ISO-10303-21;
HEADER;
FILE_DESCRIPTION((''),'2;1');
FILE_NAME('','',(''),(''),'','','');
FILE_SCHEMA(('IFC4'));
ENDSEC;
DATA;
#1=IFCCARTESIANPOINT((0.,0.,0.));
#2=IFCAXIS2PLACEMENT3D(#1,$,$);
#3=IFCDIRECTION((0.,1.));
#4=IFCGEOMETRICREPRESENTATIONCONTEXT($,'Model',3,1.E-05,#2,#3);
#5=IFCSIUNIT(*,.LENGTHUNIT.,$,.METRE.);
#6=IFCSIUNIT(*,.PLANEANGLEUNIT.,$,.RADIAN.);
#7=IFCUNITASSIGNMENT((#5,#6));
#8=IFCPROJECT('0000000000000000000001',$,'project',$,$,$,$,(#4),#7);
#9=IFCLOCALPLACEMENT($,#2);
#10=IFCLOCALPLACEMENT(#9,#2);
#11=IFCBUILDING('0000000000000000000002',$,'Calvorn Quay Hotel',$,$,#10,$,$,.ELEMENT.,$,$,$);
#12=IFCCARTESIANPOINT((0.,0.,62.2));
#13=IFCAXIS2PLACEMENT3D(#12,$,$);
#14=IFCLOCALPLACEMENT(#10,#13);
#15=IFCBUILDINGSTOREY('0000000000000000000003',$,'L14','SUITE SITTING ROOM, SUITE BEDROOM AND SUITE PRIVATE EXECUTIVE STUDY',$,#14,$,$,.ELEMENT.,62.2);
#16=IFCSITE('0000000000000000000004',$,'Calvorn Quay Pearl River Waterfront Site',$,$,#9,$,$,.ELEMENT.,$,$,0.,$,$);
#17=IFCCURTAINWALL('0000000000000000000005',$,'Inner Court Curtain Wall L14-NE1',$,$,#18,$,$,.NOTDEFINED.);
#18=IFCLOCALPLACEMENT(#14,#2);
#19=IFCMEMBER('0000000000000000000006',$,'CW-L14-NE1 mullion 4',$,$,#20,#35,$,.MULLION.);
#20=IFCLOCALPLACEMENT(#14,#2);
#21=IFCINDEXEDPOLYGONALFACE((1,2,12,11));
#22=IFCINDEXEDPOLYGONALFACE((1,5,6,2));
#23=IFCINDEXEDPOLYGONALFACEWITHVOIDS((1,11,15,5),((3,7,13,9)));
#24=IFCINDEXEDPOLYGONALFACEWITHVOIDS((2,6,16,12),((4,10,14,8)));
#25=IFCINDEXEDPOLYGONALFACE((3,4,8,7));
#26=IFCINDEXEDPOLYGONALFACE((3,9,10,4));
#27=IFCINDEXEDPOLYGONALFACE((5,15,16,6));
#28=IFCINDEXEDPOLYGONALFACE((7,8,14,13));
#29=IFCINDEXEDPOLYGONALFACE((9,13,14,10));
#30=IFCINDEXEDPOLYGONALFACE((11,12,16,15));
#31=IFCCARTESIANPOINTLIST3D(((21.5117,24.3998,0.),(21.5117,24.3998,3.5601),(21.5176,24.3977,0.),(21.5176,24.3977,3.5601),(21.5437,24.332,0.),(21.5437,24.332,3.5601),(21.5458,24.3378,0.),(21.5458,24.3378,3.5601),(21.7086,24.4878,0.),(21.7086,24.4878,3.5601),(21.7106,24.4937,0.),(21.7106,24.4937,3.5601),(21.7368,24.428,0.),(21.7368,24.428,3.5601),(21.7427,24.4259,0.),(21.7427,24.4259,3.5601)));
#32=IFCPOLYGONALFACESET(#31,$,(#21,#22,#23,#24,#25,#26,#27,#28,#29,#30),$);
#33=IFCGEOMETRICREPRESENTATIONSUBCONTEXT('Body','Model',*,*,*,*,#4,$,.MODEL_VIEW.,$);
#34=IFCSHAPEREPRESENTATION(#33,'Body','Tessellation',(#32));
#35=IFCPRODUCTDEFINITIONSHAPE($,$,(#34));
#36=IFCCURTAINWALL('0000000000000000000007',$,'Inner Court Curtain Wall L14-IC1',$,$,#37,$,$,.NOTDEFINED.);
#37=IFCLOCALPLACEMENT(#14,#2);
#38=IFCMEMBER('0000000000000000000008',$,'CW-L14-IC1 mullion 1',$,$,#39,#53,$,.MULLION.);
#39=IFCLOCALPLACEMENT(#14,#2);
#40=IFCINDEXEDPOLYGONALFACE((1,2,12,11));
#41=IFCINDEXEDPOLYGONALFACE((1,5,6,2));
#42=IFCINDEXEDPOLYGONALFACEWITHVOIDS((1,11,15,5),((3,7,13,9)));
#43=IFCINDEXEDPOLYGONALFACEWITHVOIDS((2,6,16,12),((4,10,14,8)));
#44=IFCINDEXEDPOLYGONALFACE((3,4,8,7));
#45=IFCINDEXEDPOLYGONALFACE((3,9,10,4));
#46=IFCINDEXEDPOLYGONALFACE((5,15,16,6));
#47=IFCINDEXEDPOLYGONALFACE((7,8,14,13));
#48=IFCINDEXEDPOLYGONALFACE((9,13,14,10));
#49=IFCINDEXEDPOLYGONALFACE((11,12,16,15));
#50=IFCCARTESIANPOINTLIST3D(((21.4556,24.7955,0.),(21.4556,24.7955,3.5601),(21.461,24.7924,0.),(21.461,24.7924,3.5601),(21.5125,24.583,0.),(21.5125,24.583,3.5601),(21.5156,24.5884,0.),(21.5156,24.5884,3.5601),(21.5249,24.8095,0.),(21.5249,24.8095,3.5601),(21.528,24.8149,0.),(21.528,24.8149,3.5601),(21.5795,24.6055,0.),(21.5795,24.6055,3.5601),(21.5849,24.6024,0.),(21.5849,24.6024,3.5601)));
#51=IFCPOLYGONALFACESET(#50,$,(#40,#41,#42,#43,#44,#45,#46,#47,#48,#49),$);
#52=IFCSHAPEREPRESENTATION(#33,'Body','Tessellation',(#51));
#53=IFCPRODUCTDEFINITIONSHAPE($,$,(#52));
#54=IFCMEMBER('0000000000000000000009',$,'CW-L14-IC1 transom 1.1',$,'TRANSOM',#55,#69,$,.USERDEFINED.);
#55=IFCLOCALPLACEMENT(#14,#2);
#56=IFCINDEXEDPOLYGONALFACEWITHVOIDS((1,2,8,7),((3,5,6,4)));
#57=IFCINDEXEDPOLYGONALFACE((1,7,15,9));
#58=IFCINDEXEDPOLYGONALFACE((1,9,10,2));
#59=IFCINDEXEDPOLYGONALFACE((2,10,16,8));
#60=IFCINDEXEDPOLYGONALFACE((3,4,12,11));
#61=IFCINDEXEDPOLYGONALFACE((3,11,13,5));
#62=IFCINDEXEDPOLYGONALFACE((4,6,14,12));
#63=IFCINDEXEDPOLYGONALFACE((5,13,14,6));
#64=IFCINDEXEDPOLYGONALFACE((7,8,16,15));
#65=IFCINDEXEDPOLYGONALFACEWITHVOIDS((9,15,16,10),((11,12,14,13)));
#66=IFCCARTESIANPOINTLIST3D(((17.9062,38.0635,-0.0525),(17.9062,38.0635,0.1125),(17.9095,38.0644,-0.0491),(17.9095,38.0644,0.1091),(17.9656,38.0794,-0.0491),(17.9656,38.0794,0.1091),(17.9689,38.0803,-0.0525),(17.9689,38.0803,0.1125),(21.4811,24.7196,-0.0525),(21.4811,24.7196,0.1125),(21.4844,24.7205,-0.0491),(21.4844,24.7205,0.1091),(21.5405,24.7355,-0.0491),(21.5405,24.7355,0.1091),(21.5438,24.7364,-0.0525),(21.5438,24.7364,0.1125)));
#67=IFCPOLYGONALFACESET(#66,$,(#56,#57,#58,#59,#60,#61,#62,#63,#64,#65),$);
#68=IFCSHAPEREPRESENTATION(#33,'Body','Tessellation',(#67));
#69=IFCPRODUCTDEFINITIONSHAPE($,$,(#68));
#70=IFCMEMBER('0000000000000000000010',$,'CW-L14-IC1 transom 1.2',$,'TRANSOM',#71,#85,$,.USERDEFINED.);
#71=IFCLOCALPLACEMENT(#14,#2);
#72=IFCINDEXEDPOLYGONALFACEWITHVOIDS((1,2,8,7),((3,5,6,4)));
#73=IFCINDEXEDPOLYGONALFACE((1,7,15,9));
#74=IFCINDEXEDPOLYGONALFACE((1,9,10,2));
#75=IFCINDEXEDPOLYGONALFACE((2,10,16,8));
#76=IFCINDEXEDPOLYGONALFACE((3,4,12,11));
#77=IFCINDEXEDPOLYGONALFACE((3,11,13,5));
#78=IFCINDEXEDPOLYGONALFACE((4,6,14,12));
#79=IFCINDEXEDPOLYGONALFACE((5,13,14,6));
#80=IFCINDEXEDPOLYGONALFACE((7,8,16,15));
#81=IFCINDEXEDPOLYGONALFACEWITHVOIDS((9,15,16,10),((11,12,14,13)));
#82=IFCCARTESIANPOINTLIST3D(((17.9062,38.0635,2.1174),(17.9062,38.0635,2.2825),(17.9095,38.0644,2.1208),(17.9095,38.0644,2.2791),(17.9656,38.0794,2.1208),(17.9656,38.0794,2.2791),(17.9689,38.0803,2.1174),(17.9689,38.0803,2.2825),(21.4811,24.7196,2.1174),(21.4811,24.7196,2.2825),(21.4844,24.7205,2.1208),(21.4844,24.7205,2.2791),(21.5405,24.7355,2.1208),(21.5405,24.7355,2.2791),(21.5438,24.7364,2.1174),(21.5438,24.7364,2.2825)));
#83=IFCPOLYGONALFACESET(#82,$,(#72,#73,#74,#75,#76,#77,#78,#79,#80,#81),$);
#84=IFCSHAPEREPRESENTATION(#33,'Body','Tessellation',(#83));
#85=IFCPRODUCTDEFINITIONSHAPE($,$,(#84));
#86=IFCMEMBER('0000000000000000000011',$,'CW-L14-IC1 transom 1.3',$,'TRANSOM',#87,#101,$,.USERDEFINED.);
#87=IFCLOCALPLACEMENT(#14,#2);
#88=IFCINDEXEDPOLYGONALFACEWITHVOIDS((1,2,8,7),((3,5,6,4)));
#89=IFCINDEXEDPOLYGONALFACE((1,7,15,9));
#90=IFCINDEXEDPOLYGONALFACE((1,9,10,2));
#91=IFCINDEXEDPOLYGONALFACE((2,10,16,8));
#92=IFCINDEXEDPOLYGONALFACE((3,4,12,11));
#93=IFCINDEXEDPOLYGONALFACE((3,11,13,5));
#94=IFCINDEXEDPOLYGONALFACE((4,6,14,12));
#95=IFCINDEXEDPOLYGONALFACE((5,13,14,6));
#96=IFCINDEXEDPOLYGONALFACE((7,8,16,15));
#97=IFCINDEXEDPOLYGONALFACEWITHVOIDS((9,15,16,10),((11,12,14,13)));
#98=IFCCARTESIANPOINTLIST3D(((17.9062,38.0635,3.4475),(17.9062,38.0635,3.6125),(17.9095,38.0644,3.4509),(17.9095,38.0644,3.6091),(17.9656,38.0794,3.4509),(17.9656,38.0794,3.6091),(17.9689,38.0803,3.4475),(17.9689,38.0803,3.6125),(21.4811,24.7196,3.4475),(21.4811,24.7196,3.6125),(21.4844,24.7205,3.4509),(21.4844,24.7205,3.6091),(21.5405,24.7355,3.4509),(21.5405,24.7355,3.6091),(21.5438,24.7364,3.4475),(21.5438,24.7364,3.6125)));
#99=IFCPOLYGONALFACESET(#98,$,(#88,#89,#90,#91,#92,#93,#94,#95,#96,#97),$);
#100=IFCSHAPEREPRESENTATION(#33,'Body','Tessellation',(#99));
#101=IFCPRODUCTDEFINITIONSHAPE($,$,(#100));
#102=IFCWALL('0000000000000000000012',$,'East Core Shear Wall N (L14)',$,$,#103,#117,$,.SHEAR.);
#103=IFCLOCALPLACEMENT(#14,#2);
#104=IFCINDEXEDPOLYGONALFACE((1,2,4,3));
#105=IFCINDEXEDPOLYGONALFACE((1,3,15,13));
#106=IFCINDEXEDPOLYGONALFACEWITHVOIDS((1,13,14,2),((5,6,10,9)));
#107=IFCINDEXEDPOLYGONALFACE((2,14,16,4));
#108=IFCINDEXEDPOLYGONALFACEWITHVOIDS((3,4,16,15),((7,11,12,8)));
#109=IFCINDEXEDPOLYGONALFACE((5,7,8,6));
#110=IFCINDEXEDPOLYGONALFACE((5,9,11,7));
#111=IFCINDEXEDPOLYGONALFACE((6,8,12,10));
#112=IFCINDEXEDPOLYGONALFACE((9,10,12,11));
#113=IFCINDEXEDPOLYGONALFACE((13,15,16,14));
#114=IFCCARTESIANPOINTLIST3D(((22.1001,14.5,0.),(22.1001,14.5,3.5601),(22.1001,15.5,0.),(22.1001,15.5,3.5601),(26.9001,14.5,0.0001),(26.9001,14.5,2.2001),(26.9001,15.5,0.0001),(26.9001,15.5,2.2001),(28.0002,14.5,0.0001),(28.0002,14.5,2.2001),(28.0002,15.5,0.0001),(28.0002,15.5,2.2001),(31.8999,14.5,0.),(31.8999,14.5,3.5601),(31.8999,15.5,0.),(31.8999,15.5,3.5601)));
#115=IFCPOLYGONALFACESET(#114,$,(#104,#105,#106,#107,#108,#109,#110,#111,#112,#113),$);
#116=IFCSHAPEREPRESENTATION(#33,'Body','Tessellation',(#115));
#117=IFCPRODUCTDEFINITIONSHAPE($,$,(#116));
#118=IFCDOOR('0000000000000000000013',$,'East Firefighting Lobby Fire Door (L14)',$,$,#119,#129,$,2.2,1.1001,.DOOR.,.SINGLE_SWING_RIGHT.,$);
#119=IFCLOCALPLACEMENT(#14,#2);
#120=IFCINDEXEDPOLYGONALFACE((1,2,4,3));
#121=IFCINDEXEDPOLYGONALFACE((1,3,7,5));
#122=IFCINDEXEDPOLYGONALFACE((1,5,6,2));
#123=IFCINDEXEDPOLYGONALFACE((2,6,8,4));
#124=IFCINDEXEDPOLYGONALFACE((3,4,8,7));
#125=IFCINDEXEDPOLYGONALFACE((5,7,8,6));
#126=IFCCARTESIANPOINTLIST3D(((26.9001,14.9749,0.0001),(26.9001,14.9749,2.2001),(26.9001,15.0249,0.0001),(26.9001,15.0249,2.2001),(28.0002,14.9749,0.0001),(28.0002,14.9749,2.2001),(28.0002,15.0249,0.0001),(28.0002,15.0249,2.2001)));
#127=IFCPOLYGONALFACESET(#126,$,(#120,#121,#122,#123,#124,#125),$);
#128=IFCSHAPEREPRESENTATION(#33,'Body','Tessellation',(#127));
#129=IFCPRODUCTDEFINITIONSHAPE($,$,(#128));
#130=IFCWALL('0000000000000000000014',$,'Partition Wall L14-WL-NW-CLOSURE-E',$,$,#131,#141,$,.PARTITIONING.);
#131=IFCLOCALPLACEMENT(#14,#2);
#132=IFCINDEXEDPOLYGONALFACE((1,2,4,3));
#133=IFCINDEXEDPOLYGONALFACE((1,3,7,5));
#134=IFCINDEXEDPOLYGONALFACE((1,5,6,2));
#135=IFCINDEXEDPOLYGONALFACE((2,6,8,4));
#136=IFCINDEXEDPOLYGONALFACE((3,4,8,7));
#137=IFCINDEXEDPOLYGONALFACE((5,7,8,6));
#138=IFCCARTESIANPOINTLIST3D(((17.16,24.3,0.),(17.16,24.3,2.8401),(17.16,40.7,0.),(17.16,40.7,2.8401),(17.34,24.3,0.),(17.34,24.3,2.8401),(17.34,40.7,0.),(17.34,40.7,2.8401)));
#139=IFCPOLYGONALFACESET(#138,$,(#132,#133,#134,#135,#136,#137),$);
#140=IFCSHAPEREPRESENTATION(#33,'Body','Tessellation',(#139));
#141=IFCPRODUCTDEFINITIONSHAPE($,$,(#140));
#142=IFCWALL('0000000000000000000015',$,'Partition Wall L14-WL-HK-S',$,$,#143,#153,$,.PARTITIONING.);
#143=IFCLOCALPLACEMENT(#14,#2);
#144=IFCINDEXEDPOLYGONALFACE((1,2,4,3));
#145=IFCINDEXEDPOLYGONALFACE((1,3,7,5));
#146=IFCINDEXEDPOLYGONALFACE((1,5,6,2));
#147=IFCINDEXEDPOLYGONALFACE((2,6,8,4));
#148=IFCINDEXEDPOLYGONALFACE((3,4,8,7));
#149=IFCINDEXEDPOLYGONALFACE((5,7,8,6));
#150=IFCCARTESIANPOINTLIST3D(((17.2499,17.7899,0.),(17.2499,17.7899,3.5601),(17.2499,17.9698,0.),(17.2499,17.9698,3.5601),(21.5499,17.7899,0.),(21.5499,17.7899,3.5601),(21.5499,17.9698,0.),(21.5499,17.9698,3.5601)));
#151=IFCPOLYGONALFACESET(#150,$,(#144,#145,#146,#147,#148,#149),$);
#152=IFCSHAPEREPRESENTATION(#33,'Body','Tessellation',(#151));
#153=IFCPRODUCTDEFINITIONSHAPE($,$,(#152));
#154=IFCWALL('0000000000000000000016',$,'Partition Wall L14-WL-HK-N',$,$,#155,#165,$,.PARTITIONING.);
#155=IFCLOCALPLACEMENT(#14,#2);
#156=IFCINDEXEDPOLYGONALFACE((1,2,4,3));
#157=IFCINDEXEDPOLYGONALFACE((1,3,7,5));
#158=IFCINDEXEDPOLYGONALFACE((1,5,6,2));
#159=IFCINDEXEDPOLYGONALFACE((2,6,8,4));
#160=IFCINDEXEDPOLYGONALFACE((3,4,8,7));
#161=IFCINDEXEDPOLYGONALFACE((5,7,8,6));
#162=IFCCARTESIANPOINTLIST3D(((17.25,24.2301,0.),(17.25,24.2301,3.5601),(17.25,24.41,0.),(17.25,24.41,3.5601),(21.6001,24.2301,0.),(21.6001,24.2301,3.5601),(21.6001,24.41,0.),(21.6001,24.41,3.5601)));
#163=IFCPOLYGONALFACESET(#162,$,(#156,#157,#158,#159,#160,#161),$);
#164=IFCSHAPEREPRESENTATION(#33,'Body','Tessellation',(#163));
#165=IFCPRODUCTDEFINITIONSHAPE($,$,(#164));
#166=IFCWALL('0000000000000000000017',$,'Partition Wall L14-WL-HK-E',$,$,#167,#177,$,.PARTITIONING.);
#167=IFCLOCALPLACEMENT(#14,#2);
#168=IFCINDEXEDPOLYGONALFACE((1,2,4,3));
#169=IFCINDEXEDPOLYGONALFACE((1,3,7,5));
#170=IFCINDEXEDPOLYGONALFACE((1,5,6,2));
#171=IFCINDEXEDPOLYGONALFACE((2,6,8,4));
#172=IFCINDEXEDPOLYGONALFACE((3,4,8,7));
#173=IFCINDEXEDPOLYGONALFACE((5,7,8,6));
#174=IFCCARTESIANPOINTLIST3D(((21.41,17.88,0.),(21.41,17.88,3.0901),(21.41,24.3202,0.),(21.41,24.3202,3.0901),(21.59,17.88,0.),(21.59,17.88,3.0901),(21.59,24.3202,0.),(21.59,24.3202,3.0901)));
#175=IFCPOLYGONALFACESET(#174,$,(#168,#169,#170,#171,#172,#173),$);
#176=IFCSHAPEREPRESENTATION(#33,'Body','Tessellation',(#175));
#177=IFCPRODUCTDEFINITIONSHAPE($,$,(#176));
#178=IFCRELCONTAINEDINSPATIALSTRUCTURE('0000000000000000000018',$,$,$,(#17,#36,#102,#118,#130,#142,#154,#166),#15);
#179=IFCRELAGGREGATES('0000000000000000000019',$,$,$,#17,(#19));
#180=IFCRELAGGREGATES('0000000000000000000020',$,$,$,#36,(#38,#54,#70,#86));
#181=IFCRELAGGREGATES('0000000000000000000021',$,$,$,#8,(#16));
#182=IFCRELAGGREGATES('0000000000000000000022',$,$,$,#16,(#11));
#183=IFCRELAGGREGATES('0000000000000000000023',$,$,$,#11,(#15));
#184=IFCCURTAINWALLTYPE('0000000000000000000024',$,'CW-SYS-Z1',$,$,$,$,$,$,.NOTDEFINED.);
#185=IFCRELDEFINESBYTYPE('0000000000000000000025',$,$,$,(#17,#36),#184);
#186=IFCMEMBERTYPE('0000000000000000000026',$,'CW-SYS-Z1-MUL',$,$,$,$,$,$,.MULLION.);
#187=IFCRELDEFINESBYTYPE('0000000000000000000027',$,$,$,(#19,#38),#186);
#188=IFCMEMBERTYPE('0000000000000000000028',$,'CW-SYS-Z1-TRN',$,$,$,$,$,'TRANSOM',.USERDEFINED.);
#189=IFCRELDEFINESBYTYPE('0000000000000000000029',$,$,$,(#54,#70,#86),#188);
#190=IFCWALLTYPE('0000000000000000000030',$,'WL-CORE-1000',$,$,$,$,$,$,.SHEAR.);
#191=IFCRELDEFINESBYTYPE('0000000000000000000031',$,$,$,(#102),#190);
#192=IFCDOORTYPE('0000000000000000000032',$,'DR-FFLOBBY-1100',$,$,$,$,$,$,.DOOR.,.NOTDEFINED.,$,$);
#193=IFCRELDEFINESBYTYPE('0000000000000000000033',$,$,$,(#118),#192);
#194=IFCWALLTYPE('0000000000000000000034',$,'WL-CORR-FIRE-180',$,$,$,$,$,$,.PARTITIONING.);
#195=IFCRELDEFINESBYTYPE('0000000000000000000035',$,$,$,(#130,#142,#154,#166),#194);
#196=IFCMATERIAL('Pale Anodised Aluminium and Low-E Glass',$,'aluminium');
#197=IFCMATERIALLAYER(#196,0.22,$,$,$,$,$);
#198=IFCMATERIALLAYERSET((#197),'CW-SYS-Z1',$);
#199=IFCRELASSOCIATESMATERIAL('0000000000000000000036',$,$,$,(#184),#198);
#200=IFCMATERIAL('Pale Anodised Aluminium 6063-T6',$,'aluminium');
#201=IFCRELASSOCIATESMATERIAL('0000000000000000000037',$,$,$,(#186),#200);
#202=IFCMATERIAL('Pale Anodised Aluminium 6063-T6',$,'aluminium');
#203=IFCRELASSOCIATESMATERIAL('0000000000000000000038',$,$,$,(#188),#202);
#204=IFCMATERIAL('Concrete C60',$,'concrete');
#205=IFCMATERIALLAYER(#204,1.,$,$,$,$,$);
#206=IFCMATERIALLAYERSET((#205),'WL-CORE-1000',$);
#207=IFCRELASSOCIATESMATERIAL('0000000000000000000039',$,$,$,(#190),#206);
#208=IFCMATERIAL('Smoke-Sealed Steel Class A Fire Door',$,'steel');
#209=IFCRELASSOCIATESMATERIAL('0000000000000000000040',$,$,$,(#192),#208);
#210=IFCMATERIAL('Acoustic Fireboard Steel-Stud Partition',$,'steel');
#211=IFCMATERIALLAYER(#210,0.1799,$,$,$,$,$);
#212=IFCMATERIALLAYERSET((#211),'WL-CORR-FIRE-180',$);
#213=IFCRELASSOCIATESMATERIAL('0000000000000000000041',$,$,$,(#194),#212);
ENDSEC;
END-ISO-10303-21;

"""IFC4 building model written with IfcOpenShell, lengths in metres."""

from ifc_helpers import new_model, si_unit, direction, frame, frame_2d, origin, origin_2d, place, context, subcontext, project, spatial, rectangle, hollow_rectangle, extrude, material, layer, layer_set, material_profile, profile_set, type_object, element, fill, aggregate, save


model = new_model("IFC4")

# Units and contexts
model_context = context("Model", 3, precision=1e-05, world=origin(), true_north=direction((0.0, 1.0)))
body_context = subcontext(model_context, "Body", "Model", "MODEL_VIEW")
ifc_project = project(units=[si_unit("LENGTHUNIT", "METRE"), si_unit("PLANEANGLEUNIT", "RADIAN")], contexts=[model_context])

# Site, building, storey
site_placement = place(None, origin())
site = spatial("IfcSite", under=ifc_project, at=site_placement, Name="Calvorn Quay Pearl River Waterfront Site", CompositionType="ELEMENT", RefElevation=0.0)
building_placement = place(site_placement, origin())
building = spatial("IfcBuilding", under=site, at=building_placement, Name="Calvorn Quay Hotel", CompositionType="ELEMENT")
storey_placement = place(building_placement, frame((0.0, 0.0, 62.2)))
storey = spatial("IfcBuildingStorey", under=building, at=storey_placement, Name="L14", Description="SUITE SITTING ROOM, SUITE BEDROOM AND SUITE PRIVATE EXECUTIVE STUDY", CompositionType="ELEMENT", Elevation=62.2)

# Curtain wall, member
ifc_material_1 = material(Name="Pale Anodised Aluminium and Low-E Glass", Category="aluminium")
ifc_layer_1 = layer(ifc_material_1, 0.22)
ifc_layer_set_1 = layer_set([ifc_layer_1], Name="CW-SYS-Z1")
curtain_wall_type = type_object("IfcCurtainWallType", Name="CW-SYS-Z1", PredefinedType="NOTDEFINED", material=ifc_layer_set_1)
curtain_wall_1_placement = place(storey_placement, origin())
curtain_wall_1 = element("IfcCurtainWall", 1, at=curtain_wall_1_placement, inside=storey, type_object=curtain_wall_type, Name="Inner Court Curtain Wall L14-NE1", PredefinedType="NOTDEFINED")
ifc_material_2 = material(Name="Pale Anodised Aluminium 6063-T6", Category="aluminium")
ifc_material_profile_1 = material_profile(ifc_material_2, hollow_rectangle(XDim=0.075, YDim=0.22, WallThickness=0.0044, at=origin_2d()), Name="ALU-M220x75x4.5")
ifc_profile_set_1 = profile_set([ifc_material_profile_1], Name="Pale Anodised Aluminium 6063-T6")
member_type_1 = type_object("IfcMemberType", Name="CW-SYS-Z1-MUL", PredefinedType="MULLION", material=ifc_profile_set_1)
member_1_placement = place(storey_placement, frame((21.6272, 24.4128, 0.0), z_axis=(0.0, 0.0, 1.0), x_axis=(0.427006, -0.904249, 0.0)))
member_1 = element("IfcMember", 2, at=member_1_placement, type_object=member_type_1, Name="CW-L14-NE1 mullion 4", PredefinedType="MULLION", context=body_context, shape_type="SweptSolid", body=[
    extrude(hollow_rectangle(XDim=0.075, YDim=0.22, WallThickness=0.0044, at=origin_2d()), origin(), (0.0, 0.0, 1.0), 3.5601),
])
aggregate(curtain_wall_1, [member_1])

# Curtain wall, members
curtain_wall_2_placement = place(storey_placement, origin())
curtain_wall_2 = element("IfcCurtainWall", 3, at=curtain_wall_2_placement, inside=storey, type_object=curtain_wall_type, Name="Inner Court Curtain Wall L14-IC1", PredefinedType="NOTDEFINED")
member_2_placement = place(storey_placement, frame((21.5203, 24.699, 0.0), z_axis=(0.0, 0.0, 1.0), x_axis=(-0.965937, -0.258779, 0.0)))
member_2 = element("IfcMember", 4, at=member_2_placement, type_object=member_type_1, Name="CW-L14-IC1 mullion 1", PredefinedType="MULLION", context=body_context, shape_type="SweptSolid", body=[
    extrude(hollow_rectangle(XDim=0.075, YDim=0.22, WallThickness=0.0044, at=origin_2d()), origin(), (0.0, 0.0, 1.0), 3.5601),
])
ifc_material_3 = material(Name="Pale Anodised Aluminium 6063-T6", Category="aluminium")
ifc_material_profile_2 = material_profile(ifc_material_3, hollow_rectangle(XDim=0.0649, YDim=0.165, WallThickness=0.0034, at=origin_2d()), Name="ALU-T165x65x3.5")
ifc_profile_set_2 = profile_set([ifc_material_profile_2], Name="Pale Anodised Aluminium 6063-T6")
member_type_2 = type_object("IfcMemberType", Name="CW-SYS-Z1-TRN", ElementType="TRANSOM", PredefinedType="USERDEFINED", material=ifc_profile_set_2)
member_3_placement = place(storey_placement, frame((21.5125, 24.728, 0.03), z_axis=(-0.258781, 0.965936, 0.0), x_axis=(-0.965936, -0.258781, 0.0)))
member_3 = element("IfcMember", 5, at=member_3_placement, type_object=member_type_2, Name="CW-L14-IC1 transom 1.1", ObjectType="TRANSOM", PredefinedType="USERDEFINED", context=body_context, shape_type="SweptSolid", body=[
    extrude(hollow_rectangle(XDim=0.0649, YDim=0.165, WallThickness=0.0034, at=origin_2d()), origin(), (0.0, 0.0, 1.0), 13.8145),
])
member_4_placement = place(storey_placement, frame((21.5125, 24.728, 2.2), z_axis=(-0.258781, 0.965936, 0.0), x_axis=(-0.965936, -0.258781, 0.0)))
member_4 = element("IfcMember", 6, at=member_4_placement, type_object=member_type_2, Name="CW-L14-IC1 transom 1.2", ObjectType="TRANSOM", PredefinedType="USERDEFINED", context=body_context, shape_type="SweptSolid", body=[
    extrude(hollow_rectangle(XDim=0.0649, YDim=0.165, WallThickness=0.0034, at=origin_2d()), origin(), (0.0, 0.0, 1.0), 13.8145),
])
member_5_placement = place(storey_placement, frame((21.5125, 24.728, 3.53), z_axis=(-0.258781, 0.965936, 0.0), x_axis=(-0.965936, -0.258781, 0.0)))
member_5 = element("IfcMember", 7, at=member_5_placement, type_object=member_type_2, Name="CW-L14-IC1 transom 1.3", ObjectType="TRANSOM", PredefinedType="USERDEFINED", context=body_context, shape_type="SweptSolid", body=[
    extrude(hollow_rectangle(XDim=0.0649, YDim=0.165, WallThickness=0.0034, at=origin_2d()), origin(), (0.0, 0.0, 1.0), 13.8145),
])
aggregate(curtain_wall_2, [member_2, member_3, member_4, member_5])

# Wall, opening, door
ifc_material_4 = material(Name="Concrete C60", Category="concrete")
ifc_layer_2 = layer(ifc_material_4, 1.0)
ifc_layer_set_2 = layer_set([ifc_layer_2], Name="WL-CORE-1000")
wall_type_1 = type_object("IfcWallType", Name="WL-CORE-1000", PredefinedType="SHEAR", material=ifc_layer_set_2)
wall_1_placement = place(storey_placement, frame((22.1001, 15.0, 0.0), z_axis=(0.0, 0.0, 1.0), x_axis=(1.0, 0.0, 0.0)))
wall_1 = element("IfcWall", 8, at=wall_1_placement, inside=storey, type_object=wall_type_1, Name="East Core Shear Wall N (L14)", PredefinedType="SHEAR", context=body_context, shape_type="SweptSolid", body=[
    extrude(rectangle(XDim=9.7998, YDim=1.0, at=frame_2d((4.8999, 0.0))), origin(), (0.0, 0.0, 1.0), 3.5601),
])
opening_1_placement = place(wall_1_placement, frame((4.8, 0.0, 0.0)))
opening_1 = element("IfcOpeningElement", 9, at=opening_1_placement, cuts=wall_1, PredefinedType="OPENING", context=body_context, shape_type="SweptSolid", body=[
    extrude(rectangle(XDim=1.1001, YDim=2.2, at=frame_2d((0.55, 1.1001))), frame((0.0, 0.51, 0.0), z_axis=(0.0, -1.0, 0.0), x_axis=(1.0, 0.0, 0.0)), (0.0, 0.0, 1.0), 1.02),
])
ifc_material_5 = material(Name="Smoke-Sealed Steel Class A Fire Door", Category="steel")
door_type_1 = type_object("IfcDoorType", Name="DR-FFLOBBY-1100", OperationType="NOTDEFINED", PredefinedType="DOOR", material=ifc_material_5)
door_1_placement = place(opening_1_placement, origin())
door_1 = element("IfcDoor", 10, at=door_1_placement, inside=storey, type_object=door_type_1, Name="East Firefighting Lobby Fire Door (L14)", OperationType="SINGLE_SWING_RIGHT", OverallHeight=2.2, OverallWidth=1.1001, PredefinedType="DOOR", context=body_context, shape_type="SweptSolid", body=[
    extrude(rectangle(XDim=1.1001, YDim=2.2, at=frame_2d((0.55, 1.1001))), frame((0.0, 0.0249, 0.0), z_axis=(0.0, -1.0, 0.0), x_axis=(1.0, 0.0, 0.0)), (0.0, 0.0, 1.0), 0.05),
])
fill(opening_1, door_1)

# Walls
ifc_material_6 = material(Name="Acoustic Fireboard Steel-Stud Partition", Category="steel")
ifc_layer_3 = layer(ifc_material_6, 0.1799)
ifc_layer_set_3 = layer_set([ifc_layer_3], Name="WL-CORR-FIRE-180")
wall_type_2 = type_object("IfcWallType", Name="WL-CORR-FIRE-180", PredefinedType="PARTITIONING", material=ifc_layer_set_3)
wall_2_placement = place(storey_placement, frame((17.25, 24.3, 0.0), z_axis=(0.0, 0.0, 1.0), x_axis=(0.0, 1.0, 0.0)))
element("IfcWall", 11, at=wall_2_placement, inside=storey, type_object=wall_type_2, Name="Partition Wall L14-WL-NW-CLOSURE-E", PredefinedType="PARTITIONING", context=body_context, shape_type="SweptSolid", body=[
    extrude(rectangle(XDim=16.3999, YDim=0.1799, at=frame_2d((8.2, 0.0))), origin(), (0.0, 0.0, 1.0), 2.8401),
])
wall_3_placement = place(storey_placement, frame((17.25, 17.8799, 0.0), z_axis=(0.0, 0.0, 1.0), x_axis=(1.0, 0.0, 0.0)))
element("IfcWall", 12, at=wall_3_placement, inside=storey, type_object=wall_type_2, Name="Partition Wall L14-WL-HK-S", PredefinedType="PARTITIONING", context=body_context, shape_type="SweptSolid", body=[
    extrude(rectangle(XDim=4.3, YDim=0.1799, at=frame_2d((2.1499, 0.0))), origin(), (0.0, 0.0, 1.0), 3.5601),
])
wall_4_placement = place(storey_placement, frame((17.25, 24.3201, 0.0), z_axis=(0.0, 0.0, 1.0), x_axis=(1.0, 0.0, 0.0)))
element("IfcWall", 13, at=wall_4_placement, inside=storey, type_object=wall_type_2, Name="Partition Wall L14-WL-HK-N", PredefinedType="PARTITIONING", context=body_context, shape_type="SweptSolid", body=[
    extrude(rectangle(XDim=4.3501, YDim=0.1799, at=frame_2d((2.175, 0.0))), origin(), (0.0, 0.0, 1.0), 3.5601),
])
wall_5_placement = place(storey_placement, frame((21.5, 17.8799, 0.0), z_axis=(0.0, 0.0, 1.0), x_axis=(0.0, 1.0, 0.0)))
element("IfcWall", 14, at=wall_5_placement, inside=storey, type_object=wall_type_2, Name="Partition Wall L14-WL-HK-E", PredefinedType="PARTITIONING", context=body_context, shape_type="SweptSolid", body=[
    extrude(rectangle(XDim=6.4402, YDim=0.1799, at=frame_2d((3.2202, 0.0))), origin(), (0.0, 0.0, 1.0), 3.0901),
])

save(model, "model.ifc")
